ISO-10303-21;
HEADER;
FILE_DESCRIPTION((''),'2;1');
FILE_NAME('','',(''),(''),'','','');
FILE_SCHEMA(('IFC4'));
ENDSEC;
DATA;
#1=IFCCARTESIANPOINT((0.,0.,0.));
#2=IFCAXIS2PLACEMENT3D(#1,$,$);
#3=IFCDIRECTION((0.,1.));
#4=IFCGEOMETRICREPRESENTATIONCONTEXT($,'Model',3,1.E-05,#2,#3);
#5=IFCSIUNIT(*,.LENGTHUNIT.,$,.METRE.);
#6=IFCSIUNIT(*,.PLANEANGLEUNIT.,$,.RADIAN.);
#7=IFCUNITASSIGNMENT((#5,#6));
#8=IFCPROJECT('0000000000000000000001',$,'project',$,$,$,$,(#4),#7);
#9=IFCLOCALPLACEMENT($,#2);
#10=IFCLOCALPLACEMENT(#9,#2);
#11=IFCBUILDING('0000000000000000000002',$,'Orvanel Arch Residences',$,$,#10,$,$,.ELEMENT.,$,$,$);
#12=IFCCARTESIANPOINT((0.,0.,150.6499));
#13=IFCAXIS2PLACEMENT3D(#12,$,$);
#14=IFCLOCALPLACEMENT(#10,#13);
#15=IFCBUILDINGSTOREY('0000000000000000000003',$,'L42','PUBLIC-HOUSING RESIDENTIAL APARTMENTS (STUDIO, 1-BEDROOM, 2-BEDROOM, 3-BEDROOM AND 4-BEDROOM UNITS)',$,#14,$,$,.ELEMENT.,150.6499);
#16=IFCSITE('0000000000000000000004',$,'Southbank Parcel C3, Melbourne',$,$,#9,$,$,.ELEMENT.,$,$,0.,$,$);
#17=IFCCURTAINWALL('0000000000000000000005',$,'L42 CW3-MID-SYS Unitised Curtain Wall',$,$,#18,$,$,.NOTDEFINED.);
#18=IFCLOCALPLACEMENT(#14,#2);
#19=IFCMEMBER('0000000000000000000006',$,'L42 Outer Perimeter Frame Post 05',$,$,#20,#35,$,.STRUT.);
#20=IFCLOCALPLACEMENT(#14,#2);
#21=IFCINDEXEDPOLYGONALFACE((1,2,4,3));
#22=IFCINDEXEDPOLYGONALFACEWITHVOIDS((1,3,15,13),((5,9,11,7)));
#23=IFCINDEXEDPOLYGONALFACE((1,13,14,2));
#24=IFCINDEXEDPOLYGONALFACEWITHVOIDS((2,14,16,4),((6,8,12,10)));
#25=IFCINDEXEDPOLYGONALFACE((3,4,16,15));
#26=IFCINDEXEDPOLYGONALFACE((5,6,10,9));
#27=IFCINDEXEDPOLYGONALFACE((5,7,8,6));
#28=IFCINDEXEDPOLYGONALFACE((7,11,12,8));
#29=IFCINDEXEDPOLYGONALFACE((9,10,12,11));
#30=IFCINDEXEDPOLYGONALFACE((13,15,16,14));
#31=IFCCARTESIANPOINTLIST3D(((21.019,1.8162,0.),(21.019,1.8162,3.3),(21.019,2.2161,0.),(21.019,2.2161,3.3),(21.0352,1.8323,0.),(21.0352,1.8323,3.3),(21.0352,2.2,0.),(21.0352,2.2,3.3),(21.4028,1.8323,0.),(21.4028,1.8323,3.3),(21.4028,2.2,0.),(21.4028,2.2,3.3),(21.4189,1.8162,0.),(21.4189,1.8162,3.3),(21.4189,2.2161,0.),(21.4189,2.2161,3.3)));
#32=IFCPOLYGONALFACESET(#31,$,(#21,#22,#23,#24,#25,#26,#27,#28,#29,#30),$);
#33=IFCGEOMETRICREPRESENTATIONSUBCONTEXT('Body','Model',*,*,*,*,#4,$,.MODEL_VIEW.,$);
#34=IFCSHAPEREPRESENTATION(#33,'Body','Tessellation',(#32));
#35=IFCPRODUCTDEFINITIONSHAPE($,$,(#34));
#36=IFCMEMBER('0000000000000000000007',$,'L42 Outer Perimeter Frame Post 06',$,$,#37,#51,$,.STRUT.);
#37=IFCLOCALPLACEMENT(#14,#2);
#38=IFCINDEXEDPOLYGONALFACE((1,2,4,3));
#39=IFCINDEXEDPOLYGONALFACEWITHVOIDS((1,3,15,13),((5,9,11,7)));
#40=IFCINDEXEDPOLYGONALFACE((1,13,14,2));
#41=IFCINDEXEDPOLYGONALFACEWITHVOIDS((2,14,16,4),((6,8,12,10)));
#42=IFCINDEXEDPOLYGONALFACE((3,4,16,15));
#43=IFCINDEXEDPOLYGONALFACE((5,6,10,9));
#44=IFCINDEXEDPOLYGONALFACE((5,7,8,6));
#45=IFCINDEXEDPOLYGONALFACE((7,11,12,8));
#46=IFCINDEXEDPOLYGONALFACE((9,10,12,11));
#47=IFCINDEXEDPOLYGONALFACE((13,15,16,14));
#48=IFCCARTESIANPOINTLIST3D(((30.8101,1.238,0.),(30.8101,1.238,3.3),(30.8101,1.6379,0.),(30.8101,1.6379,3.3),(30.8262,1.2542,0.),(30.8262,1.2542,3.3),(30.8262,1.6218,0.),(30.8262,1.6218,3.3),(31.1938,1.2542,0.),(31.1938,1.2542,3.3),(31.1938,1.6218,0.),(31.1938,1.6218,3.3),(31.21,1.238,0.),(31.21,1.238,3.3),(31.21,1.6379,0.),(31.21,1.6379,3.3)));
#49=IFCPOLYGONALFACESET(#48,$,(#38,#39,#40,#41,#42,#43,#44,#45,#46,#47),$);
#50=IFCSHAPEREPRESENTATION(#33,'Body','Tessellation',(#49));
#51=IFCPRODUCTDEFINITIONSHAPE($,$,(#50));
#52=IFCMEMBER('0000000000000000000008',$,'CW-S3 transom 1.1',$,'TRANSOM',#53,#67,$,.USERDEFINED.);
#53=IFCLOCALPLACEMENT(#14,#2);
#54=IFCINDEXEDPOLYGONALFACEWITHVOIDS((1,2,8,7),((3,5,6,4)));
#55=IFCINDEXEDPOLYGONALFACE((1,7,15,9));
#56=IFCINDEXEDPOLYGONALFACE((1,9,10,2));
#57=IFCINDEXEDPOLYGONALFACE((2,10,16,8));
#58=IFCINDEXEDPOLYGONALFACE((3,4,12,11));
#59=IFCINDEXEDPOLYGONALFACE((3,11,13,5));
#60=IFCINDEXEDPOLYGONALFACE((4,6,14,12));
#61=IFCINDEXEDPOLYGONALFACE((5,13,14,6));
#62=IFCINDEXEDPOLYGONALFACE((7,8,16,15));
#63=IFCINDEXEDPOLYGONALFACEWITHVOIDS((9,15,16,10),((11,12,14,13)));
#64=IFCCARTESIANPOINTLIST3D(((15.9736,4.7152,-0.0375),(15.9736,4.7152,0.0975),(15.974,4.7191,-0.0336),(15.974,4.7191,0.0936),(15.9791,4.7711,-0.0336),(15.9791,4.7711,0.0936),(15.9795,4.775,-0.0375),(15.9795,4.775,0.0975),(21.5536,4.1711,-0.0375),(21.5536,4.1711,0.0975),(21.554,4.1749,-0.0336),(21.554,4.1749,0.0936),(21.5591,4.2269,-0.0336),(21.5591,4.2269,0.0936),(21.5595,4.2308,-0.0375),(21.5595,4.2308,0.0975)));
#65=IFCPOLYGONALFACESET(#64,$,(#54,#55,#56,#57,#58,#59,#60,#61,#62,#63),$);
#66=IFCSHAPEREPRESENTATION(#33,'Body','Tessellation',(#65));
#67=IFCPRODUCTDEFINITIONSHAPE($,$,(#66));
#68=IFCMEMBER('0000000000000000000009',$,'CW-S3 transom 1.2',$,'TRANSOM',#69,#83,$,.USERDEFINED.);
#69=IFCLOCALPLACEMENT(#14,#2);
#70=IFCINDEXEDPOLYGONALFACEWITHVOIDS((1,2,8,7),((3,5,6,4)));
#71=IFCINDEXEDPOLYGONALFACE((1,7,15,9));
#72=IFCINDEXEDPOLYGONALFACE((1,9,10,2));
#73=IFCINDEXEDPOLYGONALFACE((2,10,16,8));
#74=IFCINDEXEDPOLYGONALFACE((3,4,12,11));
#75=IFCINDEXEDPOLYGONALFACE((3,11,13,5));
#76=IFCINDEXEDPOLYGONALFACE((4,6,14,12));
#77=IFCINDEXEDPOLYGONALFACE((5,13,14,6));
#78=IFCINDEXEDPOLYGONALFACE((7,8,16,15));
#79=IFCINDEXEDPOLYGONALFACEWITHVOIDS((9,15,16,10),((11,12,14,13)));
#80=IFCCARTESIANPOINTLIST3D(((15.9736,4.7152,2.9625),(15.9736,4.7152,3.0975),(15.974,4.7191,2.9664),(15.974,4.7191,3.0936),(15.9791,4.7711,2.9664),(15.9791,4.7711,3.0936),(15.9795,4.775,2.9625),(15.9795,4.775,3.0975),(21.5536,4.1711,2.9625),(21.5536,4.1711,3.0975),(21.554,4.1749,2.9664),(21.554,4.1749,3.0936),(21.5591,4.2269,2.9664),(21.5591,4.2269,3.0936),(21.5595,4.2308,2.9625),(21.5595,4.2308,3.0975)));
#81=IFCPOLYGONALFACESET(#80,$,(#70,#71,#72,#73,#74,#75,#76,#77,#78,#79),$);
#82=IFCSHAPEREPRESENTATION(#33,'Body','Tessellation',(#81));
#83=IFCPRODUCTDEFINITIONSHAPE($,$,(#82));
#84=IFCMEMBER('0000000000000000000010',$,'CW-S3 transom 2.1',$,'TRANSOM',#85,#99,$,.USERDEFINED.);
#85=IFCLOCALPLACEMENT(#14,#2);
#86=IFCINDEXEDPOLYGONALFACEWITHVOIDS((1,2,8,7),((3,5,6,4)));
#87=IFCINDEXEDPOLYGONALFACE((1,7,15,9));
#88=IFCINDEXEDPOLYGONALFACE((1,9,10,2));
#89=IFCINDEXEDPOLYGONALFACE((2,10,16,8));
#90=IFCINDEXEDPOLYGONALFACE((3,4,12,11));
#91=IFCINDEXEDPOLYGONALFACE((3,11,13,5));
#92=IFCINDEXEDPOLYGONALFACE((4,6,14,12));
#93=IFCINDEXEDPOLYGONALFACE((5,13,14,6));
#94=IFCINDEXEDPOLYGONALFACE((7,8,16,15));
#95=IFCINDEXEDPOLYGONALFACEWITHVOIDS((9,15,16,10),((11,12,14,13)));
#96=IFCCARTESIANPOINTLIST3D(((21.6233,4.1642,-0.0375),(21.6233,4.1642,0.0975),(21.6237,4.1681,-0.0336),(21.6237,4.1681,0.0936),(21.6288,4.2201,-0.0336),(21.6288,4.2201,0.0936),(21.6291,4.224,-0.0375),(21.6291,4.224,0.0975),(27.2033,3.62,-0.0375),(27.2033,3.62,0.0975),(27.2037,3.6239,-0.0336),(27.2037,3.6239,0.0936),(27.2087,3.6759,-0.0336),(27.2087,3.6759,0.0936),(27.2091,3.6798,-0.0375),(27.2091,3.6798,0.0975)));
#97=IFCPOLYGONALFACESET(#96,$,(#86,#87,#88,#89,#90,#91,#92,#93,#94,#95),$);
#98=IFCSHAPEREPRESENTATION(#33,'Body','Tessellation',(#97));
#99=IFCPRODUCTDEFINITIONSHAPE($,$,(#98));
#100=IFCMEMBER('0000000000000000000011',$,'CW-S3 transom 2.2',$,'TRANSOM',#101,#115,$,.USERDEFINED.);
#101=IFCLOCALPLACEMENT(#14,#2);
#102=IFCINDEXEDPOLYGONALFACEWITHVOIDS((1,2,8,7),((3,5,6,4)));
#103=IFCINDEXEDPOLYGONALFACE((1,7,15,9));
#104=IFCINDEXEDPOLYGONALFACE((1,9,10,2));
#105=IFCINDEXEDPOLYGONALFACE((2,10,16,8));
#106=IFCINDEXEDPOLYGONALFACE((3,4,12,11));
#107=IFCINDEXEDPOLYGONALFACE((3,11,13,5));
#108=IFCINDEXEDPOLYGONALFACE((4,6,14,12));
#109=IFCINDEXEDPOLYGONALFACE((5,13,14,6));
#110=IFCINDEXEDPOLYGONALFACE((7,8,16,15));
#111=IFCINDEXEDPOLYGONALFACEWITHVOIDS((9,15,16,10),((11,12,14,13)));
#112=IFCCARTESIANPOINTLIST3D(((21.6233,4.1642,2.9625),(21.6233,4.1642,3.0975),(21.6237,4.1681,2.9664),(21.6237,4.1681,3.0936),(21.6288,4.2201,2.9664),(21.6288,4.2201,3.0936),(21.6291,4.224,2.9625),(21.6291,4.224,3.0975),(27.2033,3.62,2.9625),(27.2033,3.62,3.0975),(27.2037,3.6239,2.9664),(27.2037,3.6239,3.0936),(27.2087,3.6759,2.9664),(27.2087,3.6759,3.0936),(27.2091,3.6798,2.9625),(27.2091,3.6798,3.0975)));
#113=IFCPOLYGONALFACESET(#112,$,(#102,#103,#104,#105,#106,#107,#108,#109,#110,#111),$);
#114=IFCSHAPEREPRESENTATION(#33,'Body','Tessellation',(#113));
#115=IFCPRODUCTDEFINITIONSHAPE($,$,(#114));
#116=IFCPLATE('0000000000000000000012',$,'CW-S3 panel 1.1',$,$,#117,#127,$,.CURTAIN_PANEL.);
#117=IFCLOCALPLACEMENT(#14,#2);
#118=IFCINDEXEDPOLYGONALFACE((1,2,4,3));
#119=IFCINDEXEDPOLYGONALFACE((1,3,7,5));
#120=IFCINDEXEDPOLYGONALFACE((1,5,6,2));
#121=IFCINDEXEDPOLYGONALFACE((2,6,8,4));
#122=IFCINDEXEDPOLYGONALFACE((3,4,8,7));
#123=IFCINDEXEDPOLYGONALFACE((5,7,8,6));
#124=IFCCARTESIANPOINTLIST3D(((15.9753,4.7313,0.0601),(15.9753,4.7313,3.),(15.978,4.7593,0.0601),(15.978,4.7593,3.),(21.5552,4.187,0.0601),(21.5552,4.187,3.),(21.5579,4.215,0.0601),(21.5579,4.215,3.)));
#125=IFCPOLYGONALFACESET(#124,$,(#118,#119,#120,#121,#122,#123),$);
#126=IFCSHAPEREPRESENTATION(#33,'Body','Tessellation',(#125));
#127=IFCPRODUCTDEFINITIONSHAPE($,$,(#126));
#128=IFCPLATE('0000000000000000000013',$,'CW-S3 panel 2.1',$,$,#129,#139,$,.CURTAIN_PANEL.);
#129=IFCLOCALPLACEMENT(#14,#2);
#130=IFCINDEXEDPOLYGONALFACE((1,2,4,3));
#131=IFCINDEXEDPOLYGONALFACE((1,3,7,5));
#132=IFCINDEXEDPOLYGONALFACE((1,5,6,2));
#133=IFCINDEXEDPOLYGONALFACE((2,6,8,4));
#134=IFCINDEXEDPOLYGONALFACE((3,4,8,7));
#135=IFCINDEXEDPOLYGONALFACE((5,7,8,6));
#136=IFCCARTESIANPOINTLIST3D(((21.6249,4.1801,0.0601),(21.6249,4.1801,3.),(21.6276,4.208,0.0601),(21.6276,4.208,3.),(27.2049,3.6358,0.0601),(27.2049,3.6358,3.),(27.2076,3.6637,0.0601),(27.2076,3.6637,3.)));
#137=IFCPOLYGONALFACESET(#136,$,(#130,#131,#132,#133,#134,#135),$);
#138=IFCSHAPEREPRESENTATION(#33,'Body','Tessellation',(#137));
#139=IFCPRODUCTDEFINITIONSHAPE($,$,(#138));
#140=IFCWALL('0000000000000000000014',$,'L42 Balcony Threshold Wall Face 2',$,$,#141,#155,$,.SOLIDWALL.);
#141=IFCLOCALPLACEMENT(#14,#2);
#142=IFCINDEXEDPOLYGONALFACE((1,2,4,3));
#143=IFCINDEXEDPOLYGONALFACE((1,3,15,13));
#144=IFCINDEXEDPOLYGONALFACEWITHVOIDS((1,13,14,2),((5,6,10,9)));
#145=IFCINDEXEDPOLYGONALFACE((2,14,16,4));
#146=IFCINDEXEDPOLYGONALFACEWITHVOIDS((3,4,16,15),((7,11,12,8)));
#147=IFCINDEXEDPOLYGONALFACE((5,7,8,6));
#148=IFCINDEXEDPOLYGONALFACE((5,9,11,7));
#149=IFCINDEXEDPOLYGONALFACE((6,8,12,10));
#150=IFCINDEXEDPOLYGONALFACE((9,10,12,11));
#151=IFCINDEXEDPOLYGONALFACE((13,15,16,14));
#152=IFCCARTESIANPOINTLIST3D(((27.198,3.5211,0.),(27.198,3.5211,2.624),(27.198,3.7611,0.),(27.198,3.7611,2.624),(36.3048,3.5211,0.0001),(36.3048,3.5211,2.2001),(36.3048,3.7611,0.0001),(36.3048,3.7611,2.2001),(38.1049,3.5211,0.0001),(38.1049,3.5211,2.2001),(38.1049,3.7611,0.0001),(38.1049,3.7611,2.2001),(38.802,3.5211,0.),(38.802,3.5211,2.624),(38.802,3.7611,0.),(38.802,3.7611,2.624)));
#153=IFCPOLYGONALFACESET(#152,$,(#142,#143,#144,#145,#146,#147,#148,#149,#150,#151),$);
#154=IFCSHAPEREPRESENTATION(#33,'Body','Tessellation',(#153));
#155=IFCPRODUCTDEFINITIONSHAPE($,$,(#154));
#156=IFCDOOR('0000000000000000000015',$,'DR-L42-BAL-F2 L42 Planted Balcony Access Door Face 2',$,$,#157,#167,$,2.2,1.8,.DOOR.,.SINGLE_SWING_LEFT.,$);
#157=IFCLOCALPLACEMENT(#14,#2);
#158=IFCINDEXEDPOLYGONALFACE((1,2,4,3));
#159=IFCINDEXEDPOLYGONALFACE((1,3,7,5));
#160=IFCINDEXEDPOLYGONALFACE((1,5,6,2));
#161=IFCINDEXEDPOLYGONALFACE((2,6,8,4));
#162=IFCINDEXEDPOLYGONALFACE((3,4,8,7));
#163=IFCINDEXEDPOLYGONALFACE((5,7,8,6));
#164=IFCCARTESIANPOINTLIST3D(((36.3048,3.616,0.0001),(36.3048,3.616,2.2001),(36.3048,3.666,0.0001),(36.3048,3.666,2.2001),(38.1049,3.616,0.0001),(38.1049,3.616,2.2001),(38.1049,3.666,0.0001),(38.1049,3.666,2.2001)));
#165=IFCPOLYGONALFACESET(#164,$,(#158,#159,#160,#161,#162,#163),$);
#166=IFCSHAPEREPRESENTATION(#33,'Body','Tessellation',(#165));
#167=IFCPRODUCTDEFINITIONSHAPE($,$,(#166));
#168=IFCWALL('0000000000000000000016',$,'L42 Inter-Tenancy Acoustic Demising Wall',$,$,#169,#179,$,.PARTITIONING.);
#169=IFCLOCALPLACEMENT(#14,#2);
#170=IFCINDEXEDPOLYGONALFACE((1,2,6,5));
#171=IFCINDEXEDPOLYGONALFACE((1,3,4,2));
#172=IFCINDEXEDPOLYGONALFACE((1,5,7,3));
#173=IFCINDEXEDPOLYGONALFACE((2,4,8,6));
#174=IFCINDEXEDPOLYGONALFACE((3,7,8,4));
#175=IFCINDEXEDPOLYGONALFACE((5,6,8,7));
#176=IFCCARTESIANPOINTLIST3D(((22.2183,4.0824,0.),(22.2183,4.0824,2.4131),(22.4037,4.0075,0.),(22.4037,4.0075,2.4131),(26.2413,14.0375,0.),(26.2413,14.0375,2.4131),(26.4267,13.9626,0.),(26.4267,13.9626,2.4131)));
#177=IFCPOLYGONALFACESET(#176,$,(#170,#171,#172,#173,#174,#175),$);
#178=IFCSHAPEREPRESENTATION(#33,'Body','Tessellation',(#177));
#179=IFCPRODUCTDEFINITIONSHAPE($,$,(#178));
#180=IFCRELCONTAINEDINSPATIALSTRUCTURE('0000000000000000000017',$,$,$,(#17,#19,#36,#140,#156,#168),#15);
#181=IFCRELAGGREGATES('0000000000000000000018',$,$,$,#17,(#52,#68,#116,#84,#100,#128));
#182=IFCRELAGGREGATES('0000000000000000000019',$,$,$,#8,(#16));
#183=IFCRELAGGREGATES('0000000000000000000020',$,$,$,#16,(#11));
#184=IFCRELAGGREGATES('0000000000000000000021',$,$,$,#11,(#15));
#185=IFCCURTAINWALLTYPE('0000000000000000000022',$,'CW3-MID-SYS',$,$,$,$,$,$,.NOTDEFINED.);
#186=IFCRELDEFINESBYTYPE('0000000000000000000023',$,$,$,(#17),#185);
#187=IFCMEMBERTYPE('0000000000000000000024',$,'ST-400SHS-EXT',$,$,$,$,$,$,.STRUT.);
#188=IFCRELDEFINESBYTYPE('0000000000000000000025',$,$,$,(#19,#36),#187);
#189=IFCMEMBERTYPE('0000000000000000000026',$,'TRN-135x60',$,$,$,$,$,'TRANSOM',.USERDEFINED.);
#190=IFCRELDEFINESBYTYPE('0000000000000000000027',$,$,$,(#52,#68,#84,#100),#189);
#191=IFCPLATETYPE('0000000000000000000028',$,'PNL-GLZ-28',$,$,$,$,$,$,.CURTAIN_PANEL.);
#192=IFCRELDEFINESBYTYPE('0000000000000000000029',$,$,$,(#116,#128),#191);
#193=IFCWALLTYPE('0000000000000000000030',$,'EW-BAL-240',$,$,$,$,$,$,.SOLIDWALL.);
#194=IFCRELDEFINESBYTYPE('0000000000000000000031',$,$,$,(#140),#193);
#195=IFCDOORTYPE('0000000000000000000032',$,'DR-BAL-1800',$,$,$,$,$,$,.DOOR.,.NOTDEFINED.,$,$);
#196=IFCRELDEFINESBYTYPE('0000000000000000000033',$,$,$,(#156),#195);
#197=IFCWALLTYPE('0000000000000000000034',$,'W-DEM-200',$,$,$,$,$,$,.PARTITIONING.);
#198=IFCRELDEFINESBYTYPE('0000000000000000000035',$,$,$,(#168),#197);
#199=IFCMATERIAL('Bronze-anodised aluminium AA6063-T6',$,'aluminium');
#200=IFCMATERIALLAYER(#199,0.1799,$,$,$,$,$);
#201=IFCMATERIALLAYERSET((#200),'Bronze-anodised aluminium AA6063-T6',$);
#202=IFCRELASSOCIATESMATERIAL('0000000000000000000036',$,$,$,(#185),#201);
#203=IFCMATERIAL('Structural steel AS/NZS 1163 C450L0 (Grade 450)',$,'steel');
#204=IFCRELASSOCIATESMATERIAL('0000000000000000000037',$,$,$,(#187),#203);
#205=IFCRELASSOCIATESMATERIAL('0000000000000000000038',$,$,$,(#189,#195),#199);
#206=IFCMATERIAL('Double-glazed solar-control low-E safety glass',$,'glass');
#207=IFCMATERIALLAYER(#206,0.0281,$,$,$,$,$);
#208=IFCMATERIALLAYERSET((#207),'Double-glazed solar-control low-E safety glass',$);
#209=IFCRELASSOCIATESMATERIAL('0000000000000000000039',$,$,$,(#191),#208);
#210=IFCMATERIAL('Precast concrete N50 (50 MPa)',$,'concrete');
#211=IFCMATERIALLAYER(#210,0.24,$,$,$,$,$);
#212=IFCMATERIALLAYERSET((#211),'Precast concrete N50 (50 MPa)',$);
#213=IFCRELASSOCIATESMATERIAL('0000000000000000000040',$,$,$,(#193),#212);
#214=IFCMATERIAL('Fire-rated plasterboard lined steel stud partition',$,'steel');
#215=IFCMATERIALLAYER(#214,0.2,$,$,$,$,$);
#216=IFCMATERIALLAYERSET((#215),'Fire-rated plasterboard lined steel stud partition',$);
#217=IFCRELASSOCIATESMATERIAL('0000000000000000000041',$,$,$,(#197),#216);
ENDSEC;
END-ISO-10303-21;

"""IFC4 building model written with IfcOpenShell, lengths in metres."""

from ifc_helpers import new_model, si_unit, direction, frame, frame_2d, origin, origin_2d, place, context, subcontext, project, spatial, rectangle, hollow_rectangle, extrude, material, layer, layer_set, material_profile, profile_set, type_object, element, fill, aggregate, save


model = new_model("IFC4")

# Units and contexts
model_context = context("Model", 3, precision=1e-05, world=origin(), true_north=direction((0.0, 1.0)))
body_context = subcontext(model_context, "Body", "Model", "MODEL_VIEW")
ifc_project = project(units=[si_unit("LENGTHUNIT", "METRE"), si_unit("PLANEANGLEUNIT", "RADIAN")], contexts=[model_context])

# Site, building, storey
site_placement = place(None, origin())
site = spatial("IfcSite", under=ifc_project, at=site_placement, Name="Southbank Parcel C3, Melbourne", CompositionType="ELEMENT", RefElevation=0.0)
building_placement = place(site_placement, origin())
building = spatial("IfcBuilding", under=site, at=building_placement, Name="Orvanel Arch Residences", CompositionType="ELEMENT")
storey_placement = place(building_placement, frame((0.0, 0.0, 150.6499)))
storey = spatial("IfcBuildingStorey", under=building, at=storey_placement, Name="L42", Description="PUBLIC-HOUSING RESIDENTIAL APARTMENTS (STUDIO, 1-BEDROOM, 2-BEDROOM, 3-BEDROOM AND 4-BEDROOM UNITS)", CompositionType="ELEMENT", Elevation=150.6499)

# Shared definitions
ifc_material_1 = material(Name="Bronze-anodised aluminium AA6063-T6", Category="aluminium")

# Curtain wall
ifc_layer_1 = layer(ifc_material_1, 0.1799)
ifc_layer_set_1 = layer_set([ifc_layer_1], Name="Bronze-anodised aluminium AA6063-T6")
curtain_wall_type_1 = type_object("IfcCurtainWallType", Name="CW3-MID-SYS", PredefinedType="NOTDEFINED", material=ifc_layer_set_1)
curtain_wall_1_placement = place(storey_placement, origin())
curtain_wall_1 = element("IfcCurtainWall", 1, at=curtain_wall_1_placement, inside=storey, type_object=curtain_wall_type_1, Name="L42 CW3-MID-SYS Unitised Curtain Wall", PredefinedType="NOTDEFINED")

# Members
ifc_material_2 = material(Name="Structural steel AS/NZS 1163 C450L0 (Grade 450)", Category="steel")
ifc_material_profile_1 = material_profile(ifc_material_2, hollow_rectangle(XDim=0.3999, YDim=0.3999, WallThickness=0.0161, at=origin_2d()), Name="SHS400x400x16")
ifc_profile_set_1 = profile_set([ifc_material_profile_1], Name="Structural steel AS/NZS 1163 C450L0 (Grade 450)")
member_type_1 = type_object("IfcMemberType", Name="ST-400SHS-EXT", PredefinedType="STRUT", material=ifc_profile_set_1)
for number, where, z_axis, x_axis, name in (
    (2, (21.219, 2.0161, 0.0), (0.0, 0.0, 1.0), (1.0, 0.0, 0.0), "L42 Outer Perimeter Frame Post 05"),
    (3, (31.01, 1.438, 0.0), (0.0, 0.0, 1.0), (1.0, 0.0, 0.0), "L42 Outer Perimeter Frame Post 06"),
):
    element("IfcMember", number, at=place(storey_placement, frame(where, z_axis=z_axis, x_axis=x_axis)), inside=storey, type_object=member_type_1, Name=name, PredefinedType="STRUT", context=body_context, shape_type="SweptSolid", body=[
        extrude(hollow_rectangle(XDim=0.3999, YDim=0.3999, WallThickness=0.0161, at=origin_2d()), origin(), (0.0, 0.0, 1.0), 3.3),
    ])

# Members
ifc_material_profile_2 = material_profile(ifc_material_1, hollow_rectangle(XDim=0.0601, YDim=0.135, WallThickness=0.0039, at=origin_2d()), Name="ALU135x60x4")
ifc_profile_set_2 = profile_set([ifc_material_profile_2], Name="Bronze-anodised aluminium AA6063-T6")
member_type_2 = type_object("IfcMemberType", Name="TRN-135x60", ElementType="TRANSOM", PredefinedType="USERDEFINED", material=ifc_profile_set_2)
member_1_placement = place(storey_placement, frame((15.9766, 4.7451, 0.03), z_axis=(0.995278, -0.097063, 0.0), x_axis=(0.097063, 0.995278, 0.0)))
member_1 = element("IfcMember", 4, at=member_1_placement, type_object=member_type_2, Name="CW-S3 transom 1.1", ObjectType="TRANSOM", PredefinedType="USERDEFINED", context=body_context, shape_type="SweptSolid", body=[
    extrude(hollow_rectangle(XDim=0.0601, YDim=0.135, WallThickness=0.0039, at=origin_2d()), origin(), (0.0, 0.0, 1.0), 5.6064),
])
member_2_placement = place(storey_placement, frame((15.9766, 4.7451, 3.03), z_axis=(0.995278, -0.097063, 0.0), x_axis=(0.097063, 0.995278, 0.0)))
member_2 = element("IfcMember", 5, at=member_2_placement, type_object=member_type_2, Name="CW-S3 transom 1.2", ObjectType="TRANSOM", PredefinedType="USERDEFINED", context=body_context, shape_type="SweptSolid", body=[
    extrude(hollow_rectangle(XDim=0.0601, YDim=0.135, WallThickness=0.0039, at=origin_2d()), origin(), (0.0, 0.0, 1.0), 5.6064),
])
member_3_placement = place(storey_placement, frame((21.6262, 4.1941, 0.03), z_axis=(0.995278, -0.097063, 0.0), x_axis=(0.097063, 0.995278, 0.0)))
member_3 = element("IfcMember", 6, at=member_3_placement, type_object=member_type_2, Name="CW-S3 transom 2.1", ObjectType="TRANSOM", PredefinedType="USERDEFINED", context=body_context, shape_type="SweptSolid", body=[
    extrude(hollow_rectangle(XDim=0.0601, YDim=0.135, WallThickness=0.0039, at=origin_2d()), origin(), (0.0, 0.0, 1.0), 5.6064),
])
member_4_placement = place(storey_placement, frame((21.6262, 4.1941, 3.03), z_axis=(0.995278, -0.097063, 0.0), x_axis=(0.097063, 0.995278, 0.0)))
member_4 = element("IfcMember", 7, at=member_4_placement, type_object=member_type_2, Name="CW-S3 transom 2.2", ObjectType="TRANSOM", PredefinedType="USERDEFINED", context=body_context, shape_type="SweptSolid", body=[
    extrude(hollow_rectangle(XDim=0.0601, YDim=0.135, WallThickness=0.0039, at=origin_2d()), origin(), (0.0, 0.0, 1.0), 5.6064),
])

# Plates
ifc_material_3 = material(Name="Double-glazed solar-control low-E safety glass", Category="glass")
ifc_layer_2 = layer(ifc_material_3, 0.0281)
ifc_layer_set_2 = layer_set([ifc_layer_2], Name="Double-glazed solar-control low-E safety glass")
plate_type = type_object("IfcPlateType", Name="PNL-GLZ-28", PredefinedType="CURTAIN_PANEL", material=ifc_layer_set_2)
plate_1_placement = place(storey_placement, frame((18.7666, 4.4731, 0.0601), z_axis=(0.0, 0.0, 1.0), x_axis=(0.995276, -0.097085, 0.0)))
plate_1 = element("IfcPlate", 8, at=plate_1_placement, type_object=plate_type, Name="CW-S3 panel 1.1", PredefinedType="CURTAIN_PANEL", context=body_context, shape_type="SweptSolid", body=[
    extrude(rectangle(XDim=5.6064, YDim=0.0281, at=origin_2d()), origin(), (0.0, 0.0, 1.0), 2.9399),
])
plate_2_placement = place(storey_placement, frame((24.4163, 3.9219, 0.0601), z_axis=(0.0, 0.0, 1.0), x_axis=(0.995276, -0.097085, 0.0)))
plate_2 = element("IfcPlate", 9, at=plate_2_placement, type_object=plate_type, Name="CW-S3 panel 2.1", PredefinedType="CURTAIN_PANEL", context=body_context, shape_type="SweptSolid", body=[
    extrude(rectangle(XDim=5.6064, YDim=0.0281, at=origin_2d()), origin(), (0.0, 0.0, 1.0), 2.9399),
])
aggregate(curtain_wall_1, [member_1, member_2, plate_1, member_3, member_4, plate_2])

# Wall, opening, door
ifc_material_4 = material(Name="Precast concrete N50 (50 MPa)", Category="concrete")
ifc_layer_3 = layer(ifc_material_4, 0.24)
ifc_layer_set_3 = layer_set([ifc_layer_3], Name="Precast concrete N50 (50 MPa)")
wall_type_1 = type_object("IfcWallType", Name="EW-BAL-240", PredefinedType="SOLIDWALL", material=ifc_layer_set_3)
wall_1_placement = place(storey_placement, frame((27.198, 3.6411, 0.0), z_axis=(0.0, 0.0, 1.0), x_axis=(1.0, 0.0, 0.0)))
wall_1 = element("IfcWall", 10, at=wall_1_placement, inside=storey, type_object=wall_type_1, Name="L42 Balcony Threshold Wall Face 2", PredefinedType="SOLIDWALL", context=body_context, shape_type="SweptSolid", body=[
    extrude(rectangle(XDim=11.604, YDim=0.24, at=frame_2d((5.802, 0.0))), origin(), (0.0, 0.0, 1.0), 2.624),
])
opening_placement = place(wall_1_placement, frame((9.1069, 0.0, 0.0)))
opening = element("IfcOpeningElement", 11, at=opening_placement, cuts=wall_1, PredefinedType="OPENING", context=body_context, shape_type="SweptSolid", body=[
    extrude(rectangle(XDim=1.8, YDim=2.2, at=frame_2d((0.8999, 1.1001))), frame((0.0, 0.1299, 0.0), z_axis=(0.0, -1.0, 0.0), x_axis=(1.0, 0.0, 0.0)), (0.0, 0.0, 1.0), 0.26),
])
door_type = type_object("IfcDoorType", Name="DR-BAL-1800", OperationType="NOTDEFINED", PredefinedType="DOOR", material=ifc_material_1)
door_placement = place(opening_placement, origin())
door = element("IfcDoor", 12, at=door_placement, inside=storey, type_object=door_type, Name="DR-L42-BAL-F2 L42 Planted Balcony Access Door Face 2", OperationType="SINGLE_SWING_LEFT", OverallHeight=2.2, OverallWidth=1.8, PredefinedType="DOOR", context=body_context, shape_type="SweptSolid", body=[
    extrude(rectangle(XDim=1.8, YDim=2.2, at=frame_2d((0.8999, 1.1001))), frame((0.0, 0.0249, 0.0), z_axis=(0.0, -1.0, 0.0), x_axis=(1.0, 0.0, 0.0)), (0.0, 0.0, 1.0), 0.05),
])
fill(opening, door)

# Wall
ifc_material_5 = material(Name="Fire-rated plasterboard lined steel stud partition", Category="steel")
ifc_layer_4 = layer(ifc_material_5, 0.2)
ifc_layer_set_4 = layer_set([ifc_layer_4], Name="Fire-rated plasterboard lined steel stud partition")
wall_type_2 = type_object("IfcWallType", Name="W-DEM-200", PredefinedType="PARTITIONING", material=ifc_layer_set_4)
wall_2_placement = place(storey_placement, frame((22.311, 4.0449, 0.0), z_axis=(0.0, 0.0, 1.0), x_axis=(0.374674, 0.927157, 0.0)))
element("IfcWall", 13, at=wall_2_placement, inside=storey, type_object=wall_type_2, Name="L42 Inter-Tenancy Acoustic Demising Wall", PredefinedType="PARTITIONING", context=body_context, shape_type="SweptSolid", body=[
    extrude(rectangle(XDim=10.7373, YDim=0.2, at=frame_2d((5.3687, 0.0))), origin(), (0.0, 0.0, 1.0), 2.4131),
])

save(model, "model.ifc")
